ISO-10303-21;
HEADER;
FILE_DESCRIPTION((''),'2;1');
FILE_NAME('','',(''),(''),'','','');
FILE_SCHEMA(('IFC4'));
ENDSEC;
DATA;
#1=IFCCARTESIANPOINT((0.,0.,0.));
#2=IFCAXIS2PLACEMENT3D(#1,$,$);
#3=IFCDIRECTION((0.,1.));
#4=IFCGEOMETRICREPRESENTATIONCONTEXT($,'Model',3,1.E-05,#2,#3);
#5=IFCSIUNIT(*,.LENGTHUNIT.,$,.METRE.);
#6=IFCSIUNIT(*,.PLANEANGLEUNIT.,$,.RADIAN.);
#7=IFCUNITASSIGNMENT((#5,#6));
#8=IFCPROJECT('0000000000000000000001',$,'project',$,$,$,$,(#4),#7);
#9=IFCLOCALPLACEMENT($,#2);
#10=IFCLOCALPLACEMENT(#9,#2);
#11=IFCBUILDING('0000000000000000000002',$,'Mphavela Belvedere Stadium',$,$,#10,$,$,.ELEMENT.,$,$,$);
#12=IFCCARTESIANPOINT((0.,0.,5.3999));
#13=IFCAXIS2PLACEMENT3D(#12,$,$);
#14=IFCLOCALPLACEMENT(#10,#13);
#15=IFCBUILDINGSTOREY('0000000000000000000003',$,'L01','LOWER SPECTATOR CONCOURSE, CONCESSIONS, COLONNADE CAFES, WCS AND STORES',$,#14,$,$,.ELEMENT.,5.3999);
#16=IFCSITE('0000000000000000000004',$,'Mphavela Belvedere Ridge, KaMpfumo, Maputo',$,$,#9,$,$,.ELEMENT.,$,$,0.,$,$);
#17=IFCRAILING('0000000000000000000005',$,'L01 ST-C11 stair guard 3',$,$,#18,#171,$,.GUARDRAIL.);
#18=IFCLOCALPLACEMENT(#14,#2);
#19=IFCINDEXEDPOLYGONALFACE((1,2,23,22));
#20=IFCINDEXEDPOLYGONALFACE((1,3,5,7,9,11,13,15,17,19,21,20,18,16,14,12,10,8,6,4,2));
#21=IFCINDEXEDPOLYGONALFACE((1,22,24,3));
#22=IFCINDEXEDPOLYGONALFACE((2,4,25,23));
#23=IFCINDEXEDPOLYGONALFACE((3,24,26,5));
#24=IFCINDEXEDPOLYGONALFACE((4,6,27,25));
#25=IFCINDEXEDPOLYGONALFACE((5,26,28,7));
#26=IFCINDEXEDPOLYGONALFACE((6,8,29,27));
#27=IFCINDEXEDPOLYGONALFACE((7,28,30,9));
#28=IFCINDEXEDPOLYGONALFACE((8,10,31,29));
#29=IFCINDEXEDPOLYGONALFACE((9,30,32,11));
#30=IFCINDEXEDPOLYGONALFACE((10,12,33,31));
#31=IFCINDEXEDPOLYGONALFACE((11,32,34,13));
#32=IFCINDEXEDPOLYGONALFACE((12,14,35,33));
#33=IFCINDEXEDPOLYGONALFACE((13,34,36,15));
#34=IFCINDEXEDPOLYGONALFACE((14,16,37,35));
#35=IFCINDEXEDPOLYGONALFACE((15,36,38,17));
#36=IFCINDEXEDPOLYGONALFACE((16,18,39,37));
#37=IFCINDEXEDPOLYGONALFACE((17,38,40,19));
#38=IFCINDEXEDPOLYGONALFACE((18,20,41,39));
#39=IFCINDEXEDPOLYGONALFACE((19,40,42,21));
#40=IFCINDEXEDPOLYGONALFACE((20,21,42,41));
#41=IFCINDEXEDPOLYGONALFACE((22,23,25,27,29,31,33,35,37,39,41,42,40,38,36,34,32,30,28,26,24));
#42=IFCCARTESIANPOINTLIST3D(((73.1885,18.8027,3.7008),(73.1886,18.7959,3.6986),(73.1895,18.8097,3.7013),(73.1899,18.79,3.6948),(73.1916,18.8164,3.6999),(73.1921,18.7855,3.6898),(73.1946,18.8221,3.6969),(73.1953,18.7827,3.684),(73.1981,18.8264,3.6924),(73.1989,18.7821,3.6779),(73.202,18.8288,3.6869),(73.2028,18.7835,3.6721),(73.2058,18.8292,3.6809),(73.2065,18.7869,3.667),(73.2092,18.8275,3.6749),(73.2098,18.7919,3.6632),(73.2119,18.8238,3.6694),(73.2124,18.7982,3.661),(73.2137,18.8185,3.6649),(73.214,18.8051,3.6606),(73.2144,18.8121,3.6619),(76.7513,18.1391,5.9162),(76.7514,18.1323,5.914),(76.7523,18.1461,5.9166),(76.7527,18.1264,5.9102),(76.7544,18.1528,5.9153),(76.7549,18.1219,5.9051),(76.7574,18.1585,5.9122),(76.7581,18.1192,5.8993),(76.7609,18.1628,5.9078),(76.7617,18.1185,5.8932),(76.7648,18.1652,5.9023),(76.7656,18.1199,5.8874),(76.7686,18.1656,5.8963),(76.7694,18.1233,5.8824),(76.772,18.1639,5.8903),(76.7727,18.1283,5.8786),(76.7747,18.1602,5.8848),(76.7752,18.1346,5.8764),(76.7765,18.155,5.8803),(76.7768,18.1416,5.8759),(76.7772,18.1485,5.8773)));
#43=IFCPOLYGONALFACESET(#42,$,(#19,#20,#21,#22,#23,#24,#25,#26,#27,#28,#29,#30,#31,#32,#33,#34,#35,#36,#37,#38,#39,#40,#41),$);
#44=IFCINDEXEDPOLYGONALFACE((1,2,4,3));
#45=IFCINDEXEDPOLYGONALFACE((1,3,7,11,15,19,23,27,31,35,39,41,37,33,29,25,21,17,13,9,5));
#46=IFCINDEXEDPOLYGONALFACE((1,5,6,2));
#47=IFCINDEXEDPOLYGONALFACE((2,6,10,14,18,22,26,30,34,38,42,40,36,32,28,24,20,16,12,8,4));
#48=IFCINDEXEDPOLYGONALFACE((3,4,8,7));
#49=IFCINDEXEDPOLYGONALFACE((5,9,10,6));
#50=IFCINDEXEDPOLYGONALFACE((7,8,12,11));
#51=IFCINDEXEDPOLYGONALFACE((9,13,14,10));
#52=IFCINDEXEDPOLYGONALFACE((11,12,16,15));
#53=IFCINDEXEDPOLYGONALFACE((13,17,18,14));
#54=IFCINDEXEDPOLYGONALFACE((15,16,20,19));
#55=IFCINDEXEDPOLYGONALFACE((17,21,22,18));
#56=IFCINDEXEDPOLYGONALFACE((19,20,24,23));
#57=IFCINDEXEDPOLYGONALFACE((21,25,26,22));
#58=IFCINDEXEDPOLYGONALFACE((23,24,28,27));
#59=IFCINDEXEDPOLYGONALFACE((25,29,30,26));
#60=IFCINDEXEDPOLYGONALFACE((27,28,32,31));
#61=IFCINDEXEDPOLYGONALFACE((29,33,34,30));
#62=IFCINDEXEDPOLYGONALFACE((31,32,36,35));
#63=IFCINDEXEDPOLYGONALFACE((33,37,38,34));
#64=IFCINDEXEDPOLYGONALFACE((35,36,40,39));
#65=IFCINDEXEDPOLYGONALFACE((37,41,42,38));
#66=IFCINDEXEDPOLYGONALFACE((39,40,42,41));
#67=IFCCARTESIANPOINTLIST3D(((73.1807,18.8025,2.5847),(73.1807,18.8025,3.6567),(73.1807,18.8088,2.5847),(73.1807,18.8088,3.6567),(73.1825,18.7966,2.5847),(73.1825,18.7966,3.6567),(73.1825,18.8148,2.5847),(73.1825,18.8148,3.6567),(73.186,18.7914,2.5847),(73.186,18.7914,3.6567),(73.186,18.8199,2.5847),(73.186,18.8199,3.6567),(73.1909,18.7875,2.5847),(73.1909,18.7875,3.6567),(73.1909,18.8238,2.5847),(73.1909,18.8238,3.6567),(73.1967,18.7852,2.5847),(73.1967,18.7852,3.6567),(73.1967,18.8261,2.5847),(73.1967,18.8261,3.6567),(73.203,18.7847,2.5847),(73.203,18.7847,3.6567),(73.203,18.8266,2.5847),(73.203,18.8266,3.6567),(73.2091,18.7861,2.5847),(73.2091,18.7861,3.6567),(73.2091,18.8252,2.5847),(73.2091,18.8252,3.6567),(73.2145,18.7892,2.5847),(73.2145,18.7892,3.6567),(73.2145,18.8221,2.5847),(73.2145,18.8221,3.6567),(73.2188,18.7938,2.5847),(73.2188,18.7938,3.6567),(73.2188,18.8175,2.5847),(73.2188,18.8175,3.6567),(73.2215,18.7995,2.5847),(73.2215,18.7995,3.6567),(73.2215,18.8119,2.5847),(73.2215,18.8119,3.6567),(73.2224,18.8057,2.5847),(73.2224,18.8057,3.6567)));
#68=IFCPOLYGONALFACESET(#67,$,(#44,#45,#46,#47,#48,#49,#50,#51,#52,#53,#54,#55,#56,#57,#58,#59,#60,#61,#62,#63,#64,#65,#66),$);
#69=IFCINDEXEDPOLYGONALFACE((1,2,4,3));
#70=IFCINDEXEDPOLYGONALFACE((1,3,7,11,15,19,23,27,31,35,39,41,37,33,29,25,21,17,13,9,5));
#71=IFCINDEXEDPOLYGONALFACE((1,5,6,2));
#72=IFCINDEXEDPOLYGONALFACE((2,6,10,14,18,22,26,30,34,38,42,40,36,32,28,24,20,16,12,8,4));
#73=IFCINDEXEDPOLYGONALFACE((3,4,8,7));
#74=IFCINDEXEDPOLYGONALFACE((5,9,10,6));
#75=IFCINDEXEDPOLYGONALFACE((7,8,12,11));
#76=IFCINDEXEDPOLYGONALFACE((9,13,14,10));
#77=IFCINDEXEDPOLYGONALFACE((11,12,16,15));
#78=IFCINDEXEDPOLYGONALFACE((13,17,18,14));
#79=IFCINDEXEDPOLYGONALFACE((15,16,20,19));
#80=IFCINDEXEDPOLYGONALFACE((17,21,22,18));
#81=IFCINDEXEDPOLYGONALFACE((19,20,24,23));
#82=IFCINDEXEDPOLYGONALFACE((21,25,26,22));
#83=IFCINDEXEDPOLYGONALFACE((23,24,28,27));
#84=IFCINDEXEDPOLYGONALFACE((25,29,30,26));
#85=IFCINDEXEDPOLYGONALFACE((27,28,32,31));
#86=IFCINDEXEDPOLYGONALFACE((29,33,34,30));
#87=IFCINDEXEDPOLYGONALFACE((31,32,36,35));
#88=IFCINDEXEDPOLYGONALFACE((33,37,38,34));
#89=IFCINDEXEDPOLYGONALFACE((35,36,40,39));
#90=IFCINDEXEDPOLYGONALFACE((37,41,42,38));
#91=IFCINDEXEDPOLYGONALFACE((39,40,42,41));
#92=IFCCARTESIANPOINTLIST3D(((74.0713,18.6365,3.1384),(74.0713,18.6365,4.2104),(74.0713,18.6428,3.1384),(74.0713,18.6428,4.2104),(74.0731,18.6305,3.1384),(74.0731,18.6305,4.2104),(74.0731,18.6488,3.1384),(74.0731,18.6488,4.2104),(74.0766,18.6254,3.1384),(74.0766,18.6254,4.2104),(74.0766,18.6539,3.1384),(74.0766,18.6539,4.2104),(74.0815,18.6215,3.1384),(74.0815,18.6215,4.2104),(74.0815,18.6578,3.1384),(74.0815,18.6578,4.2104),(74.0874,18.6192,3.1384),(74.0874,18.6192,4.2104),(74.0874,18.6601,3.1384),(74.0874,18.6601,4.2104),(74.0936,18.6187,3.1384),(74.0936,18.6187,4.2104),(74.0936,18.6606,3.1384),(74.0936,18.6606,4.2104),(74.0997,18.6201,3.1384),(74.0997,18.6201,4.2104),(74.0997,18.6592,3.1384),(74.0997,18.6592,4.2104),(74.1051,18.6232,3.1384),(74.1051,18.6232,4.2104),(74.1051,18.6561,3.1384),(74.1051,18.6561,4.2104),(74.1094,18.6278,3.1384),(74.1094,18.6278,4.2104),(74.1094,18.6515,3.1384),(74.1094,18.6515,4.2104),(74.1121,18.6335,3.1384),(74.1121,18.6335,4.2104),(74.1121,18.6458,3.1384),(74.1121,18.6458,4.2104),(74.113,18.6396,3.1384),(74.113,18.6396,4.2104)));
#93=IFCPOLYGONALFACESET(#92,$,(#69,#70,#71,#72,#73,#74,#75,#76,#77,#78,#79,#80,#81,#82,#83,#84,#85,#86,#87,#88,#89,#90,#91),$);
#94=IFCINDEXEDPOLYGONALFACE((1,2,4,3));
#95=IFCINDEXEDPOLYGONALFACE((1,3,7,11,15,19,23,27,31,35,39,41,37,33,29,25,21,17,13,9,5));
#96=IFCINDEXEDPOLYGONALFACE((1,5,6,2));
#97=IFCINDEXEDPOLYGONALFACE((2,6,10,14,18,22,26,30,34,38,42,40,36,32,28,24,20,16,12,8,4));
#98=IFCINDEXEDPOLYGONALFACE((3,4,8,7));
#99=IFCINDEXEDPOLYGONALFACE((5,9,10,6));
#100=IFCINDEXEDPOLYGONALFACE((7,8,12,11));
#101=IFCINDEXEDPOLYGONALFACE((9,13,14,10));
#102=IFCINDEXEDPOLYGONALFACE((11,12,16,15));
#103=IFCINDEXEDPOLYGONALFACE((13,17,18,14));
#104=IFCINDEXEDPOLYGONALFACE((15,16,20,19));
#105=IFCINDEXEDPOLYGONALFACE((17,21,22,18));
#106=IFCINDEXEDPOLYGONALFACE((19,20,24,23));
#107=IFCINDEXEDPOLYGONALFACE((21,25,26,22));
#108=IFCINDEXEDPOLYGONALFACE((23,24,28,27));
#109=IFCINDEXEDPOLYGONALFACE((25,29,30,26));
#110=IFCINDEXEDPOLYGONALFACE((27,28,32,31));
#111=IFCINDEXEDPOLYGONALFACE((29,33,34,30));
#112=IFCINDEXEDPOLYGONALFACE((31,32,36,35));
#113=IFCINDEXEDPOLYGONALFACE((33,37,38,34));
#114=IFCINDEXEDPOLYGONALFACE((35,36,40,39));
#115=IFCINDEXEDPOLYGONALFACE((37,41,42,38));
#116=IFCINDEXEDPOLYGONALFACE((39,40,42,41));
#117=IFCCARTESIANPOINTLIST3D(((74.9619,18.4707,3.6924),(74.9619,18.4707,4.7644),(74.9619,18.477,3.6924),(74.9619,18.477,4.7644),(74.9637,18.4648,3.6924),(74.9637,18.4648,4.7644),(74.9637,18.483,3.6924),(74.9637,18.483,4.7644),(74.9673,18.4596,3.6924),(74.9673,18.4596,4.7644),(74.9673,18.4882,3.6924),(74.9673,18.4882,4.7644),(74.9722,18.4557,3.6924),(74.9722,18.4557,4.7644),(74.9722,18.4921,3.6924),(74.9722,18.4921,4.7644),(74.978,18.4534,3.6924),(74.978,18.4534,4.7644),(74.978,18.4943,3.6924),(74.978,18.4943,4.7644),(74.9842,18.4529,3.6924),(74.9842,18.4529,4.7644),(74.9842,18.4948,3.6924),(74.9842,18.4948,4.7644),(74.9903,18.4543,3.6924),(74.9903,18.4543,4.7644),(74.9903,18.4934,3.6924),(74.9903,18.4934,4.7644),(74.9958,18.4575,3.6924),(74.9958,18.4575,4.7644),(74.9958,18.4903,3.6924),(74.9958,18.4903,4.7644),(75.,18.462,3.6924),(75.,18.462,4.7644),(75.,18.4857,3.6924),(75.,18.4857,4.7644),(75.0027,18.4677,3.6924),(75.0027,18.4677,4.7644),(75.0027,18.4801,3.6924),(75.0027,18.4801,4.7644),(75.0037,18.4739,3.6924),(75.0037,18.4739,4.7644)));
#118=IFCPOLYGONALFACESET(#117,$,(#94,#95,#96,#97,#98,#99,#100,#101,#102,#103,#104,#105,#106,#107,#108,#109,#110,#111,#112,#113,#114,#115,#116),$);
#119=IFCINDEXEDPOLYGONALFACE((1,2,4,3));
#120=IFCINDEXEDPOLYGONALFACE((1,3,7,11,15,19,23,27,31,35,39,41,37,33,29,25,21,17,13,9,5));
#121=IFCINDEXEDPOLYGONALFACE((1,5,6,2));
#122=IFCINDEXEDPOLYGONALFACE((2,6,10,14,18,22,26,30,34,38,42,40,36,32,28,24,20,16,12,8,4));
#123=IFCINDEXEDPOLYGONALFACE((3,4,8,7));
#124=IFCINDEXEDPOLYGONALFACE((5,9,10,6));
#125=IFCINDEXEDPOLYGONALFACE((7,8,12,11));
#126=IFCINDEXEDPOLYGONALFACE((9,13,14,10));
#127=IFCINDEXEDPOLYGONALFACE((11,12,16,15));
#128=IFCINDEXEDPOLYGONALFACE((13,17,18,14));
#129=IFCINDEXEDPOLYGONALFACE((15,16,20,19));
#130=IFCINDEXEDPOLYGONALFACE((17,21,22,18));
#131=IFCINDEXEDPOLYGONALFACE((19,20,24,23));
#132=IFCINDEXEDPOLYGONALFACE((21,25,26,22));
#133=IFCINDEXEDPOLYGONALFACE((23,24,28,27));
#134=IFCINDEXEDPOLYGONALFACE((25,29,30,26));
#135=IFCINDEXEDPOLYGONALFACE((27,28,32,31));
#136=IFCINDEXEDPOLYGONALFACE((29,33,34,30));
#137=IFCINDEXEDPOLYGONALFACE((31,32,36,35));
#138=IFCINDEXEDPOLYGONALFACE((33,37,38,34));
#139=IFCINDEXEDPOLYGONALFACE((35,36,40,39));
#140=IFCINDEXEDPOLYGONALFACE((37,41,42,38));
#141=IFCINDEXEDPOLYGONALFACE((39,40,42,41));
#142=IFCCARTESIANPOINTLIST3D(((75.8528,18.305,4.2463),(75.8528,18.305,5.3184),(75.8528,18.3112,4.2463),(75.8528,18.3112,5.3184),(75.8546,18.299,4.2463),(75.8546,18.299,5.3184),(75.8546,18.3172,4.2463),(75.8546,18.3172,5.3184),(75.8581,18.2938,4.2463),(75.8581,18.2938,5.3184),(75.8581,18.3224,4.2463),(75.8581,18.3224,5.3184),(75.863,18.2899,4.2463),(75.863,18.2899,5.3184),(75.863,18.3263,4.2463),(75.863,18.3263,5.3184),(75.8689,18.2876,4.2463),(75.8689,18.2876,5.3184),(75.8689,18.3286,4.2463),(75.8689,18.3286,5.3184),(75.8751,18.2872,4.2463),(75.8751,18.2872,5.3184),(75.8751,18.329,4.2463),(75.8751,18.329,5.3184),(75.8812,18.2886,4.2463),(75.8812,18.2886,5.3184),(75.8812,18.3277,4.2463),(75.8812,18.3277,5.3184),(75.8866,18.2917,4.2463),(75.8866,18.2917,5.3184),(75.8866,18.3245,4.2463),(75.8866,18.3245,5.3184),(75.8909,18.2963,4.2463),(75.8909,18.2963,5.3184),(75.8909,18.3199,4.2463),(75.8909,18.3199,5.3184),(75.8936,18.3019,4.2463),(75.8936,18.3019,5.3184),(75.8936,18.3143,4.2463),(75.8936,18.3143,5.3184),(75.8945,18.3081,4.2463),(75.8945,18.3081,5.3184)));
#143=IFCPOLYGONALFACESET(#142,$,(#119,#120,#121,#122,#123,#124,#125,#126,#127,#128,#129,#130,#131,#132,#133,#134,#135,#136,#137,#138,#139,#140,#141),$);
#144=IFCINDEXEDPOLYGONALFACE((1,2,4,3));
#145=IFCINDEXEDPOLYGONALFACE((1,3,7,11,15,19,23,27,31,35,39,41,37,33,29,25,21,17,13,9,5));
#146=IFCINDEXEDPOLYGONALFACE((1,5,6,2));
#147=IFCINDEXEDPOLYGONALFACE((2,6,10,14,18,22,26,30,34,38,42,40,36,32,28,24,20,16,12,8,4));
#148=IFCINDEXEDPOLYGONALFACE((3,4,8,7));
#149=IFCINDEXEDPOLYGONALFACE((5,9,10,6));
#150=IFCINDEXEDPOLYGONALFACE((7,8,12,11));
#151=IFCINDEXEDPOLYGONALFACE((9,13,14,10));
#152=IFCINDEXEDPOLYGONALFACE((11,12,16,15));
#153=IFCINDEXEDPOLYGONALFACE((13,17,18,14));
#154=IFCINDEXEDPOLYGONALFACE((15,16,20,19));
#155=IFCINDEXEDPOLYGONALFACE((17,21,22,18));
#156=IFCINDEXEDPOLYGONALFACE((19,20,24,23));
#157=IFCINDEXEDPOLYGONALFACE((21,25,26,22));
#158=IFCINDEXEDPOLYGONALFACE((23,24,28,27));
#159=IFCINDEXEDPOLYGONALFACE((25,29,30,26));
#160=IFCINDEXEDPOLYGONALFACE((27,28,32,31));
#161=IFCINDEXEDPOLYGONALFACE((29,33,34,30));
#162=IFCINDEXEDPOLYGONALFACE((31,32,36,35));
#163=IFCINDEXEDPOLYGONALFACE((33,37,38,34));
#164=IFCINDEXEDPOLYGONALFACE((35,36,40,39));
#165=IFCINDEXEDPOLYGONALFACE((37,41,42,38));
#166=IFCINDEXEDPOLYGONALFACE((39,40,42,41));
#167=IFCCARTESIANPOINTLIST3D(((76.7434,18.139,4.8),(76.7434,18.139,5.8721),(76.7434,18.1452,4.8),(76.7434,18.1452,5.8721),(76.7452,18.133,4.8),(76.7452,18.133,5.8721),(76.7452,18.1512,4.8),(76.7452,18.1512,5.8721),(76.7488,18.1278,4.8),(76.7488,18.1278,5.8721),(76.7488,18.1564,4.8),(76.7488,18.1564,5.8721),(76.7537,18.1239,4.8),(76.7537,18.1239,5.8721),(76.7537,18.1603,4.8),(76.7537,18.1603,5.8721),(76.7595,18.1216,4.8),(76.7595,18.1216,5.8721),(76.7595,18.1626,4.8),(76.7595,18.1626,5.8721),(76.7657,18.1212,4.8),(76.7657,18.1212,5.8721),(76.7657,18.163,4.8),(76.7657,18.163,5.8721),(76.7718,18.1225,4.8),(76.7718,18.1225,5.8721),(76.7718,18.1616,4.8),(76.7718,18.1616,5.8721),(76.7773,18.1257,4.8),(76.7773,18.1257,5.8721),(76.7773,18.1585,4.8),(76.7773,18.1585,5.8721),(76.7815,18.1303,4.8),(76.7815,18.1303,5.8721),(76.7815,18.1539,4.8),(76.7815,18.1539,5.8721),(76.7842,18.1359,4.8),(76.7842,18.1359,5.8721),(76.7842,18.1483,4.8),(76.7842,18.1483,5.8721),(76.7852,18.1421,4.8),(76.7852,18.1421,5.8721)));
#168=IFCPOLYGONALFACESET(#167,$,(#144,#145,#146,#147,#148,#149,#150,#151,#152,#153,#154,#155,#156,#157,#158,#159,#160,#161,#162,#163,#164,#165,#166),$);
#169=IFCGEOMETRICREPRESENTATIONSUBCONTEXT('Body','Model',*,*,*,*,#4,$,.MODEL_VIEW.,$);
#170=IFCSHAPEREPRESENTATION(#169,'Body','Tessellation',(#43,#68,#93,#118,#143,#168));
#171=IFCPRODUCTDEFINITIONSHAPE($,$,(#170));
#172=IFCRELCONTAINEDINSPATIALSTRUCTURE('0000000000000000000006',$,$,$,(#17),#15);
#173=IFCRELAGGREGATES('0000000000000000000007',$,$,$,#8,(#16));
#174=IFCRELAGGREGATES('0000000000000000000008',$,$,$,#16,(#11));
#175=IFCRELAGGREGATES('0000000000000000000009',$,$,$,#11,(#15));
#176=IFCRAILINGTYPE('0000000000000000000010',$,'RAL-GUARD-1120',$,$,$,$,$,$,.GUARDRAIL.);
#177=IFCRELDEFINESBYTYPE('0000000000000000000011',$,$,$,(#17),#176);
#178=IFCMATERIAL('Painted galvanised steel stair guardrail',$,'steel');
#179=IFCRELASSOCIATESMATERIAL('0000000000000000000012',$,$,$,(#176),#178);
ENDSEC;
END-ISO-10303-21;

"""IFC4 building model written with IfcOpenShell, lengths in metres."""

from ifc_helpers import new_model, si_unit, direction, frame, origin, origin_2d, place, context, subcontext, project, spatial, circle, extrude, material, type_object, element, save


model = new_model("IFC4")

# Units and contexts
model_context = context("Model", 3, precision=1e-05, world=origin(), true_north=direction((0.0, 1.0)))
body_context = subcontext(model_context, "Body", "Model", "MODEL_VIEW")
ifc_project = project(units=[si_unit("LENGTHUNIT", "METRE"), si_unit("PLANEANGLEUNIT", "RADIAN")], contexts=[model_context])

# Site, building, storey
site_placement = place(None, origin())
site = spatial("IfcSite", under=ifc_project, at=site_placement, Name="Mphavela Belvedere Ridge, KaMpfumo, Maputo", CompositionType="ELEMENT", RefElevation=0.0)
building_placement = place(site_placement, origin())
building = spatial("IfcBuilding", under=site, at=building_placement, Name="Mphavela Belvedere Stadium", CompositionType="ELEMENT")
storey_placement = place(building_placement, frame((0.0, 0.0, 5.3999)))
storey = spatial("IfcBuildingStorey", under=building, at=storey_placement, Name="L01", Description="LOWER SPECTATOR CONCOURSE, CONCESSIONS, COLONNADE CAFES, WCS AND STORES", CompositionType="ELEMENT", Elevation=5.3999)

# Railing
ifc_material_1 = material(Name="Painted galvanised steel stair guardrail", Category="steel")
railing_type_1 = type_object("IfcRailingType", Name="RAL-GUARD-1120", PredefinedType="GUARDRAIL", material=ifc_material_1)
railing_1_placement = place(storey_placement, frame((73.2014, 18.8057, 2.5847)))
element("IfcRailing", 1, at=railing_1_placement, inside=storey, type_object=railing_type_1, Name="L01 ST-C11 stair guard 3", PredefinedType="GUARDRAIL", context=body_context, shape_type="SweptSolid", body=[
    extrude(circle(Radius=0.0239, at=origin_2d()), frame((0.0, 0.0, 1.0962), z_axis=(0.838788, -0.156227, 0.521563), x_axis=(0.183105, 0.983093, 0.0)), (0.0, 0.0, 1.0), 4.2476),
    extrude(circle(Radius=0.021, at=origin_2d()), origin(), (0.0, 0.0, 1.0), 1.072),
    extrude(circle(Radius=0.021, at=origin_2d()), frame((0.8906, -0.166, 0.5537)), (0.0, 0.0, 1.0), 1.072),
    extrude(circle(Radius=0.021, at=origin_2d()), frame((1.7812, -0.3318, 1.1077)), (0.0, 0.0, 1.0), 1.072),
    extrude(circle(Radius=0.021, at=origin_2d()), frame((2.6721, -0.4976, 1.6616)), (0.0, 0.0, 1.0), 1.072),
    extrude(circle(Radius=0.021, at=origin_2d()), frame((3.5627, -0.6636, 2.2153)), (0.0, 0.0, 1.0), 1.072),
])

save(model, "model.ifc")
